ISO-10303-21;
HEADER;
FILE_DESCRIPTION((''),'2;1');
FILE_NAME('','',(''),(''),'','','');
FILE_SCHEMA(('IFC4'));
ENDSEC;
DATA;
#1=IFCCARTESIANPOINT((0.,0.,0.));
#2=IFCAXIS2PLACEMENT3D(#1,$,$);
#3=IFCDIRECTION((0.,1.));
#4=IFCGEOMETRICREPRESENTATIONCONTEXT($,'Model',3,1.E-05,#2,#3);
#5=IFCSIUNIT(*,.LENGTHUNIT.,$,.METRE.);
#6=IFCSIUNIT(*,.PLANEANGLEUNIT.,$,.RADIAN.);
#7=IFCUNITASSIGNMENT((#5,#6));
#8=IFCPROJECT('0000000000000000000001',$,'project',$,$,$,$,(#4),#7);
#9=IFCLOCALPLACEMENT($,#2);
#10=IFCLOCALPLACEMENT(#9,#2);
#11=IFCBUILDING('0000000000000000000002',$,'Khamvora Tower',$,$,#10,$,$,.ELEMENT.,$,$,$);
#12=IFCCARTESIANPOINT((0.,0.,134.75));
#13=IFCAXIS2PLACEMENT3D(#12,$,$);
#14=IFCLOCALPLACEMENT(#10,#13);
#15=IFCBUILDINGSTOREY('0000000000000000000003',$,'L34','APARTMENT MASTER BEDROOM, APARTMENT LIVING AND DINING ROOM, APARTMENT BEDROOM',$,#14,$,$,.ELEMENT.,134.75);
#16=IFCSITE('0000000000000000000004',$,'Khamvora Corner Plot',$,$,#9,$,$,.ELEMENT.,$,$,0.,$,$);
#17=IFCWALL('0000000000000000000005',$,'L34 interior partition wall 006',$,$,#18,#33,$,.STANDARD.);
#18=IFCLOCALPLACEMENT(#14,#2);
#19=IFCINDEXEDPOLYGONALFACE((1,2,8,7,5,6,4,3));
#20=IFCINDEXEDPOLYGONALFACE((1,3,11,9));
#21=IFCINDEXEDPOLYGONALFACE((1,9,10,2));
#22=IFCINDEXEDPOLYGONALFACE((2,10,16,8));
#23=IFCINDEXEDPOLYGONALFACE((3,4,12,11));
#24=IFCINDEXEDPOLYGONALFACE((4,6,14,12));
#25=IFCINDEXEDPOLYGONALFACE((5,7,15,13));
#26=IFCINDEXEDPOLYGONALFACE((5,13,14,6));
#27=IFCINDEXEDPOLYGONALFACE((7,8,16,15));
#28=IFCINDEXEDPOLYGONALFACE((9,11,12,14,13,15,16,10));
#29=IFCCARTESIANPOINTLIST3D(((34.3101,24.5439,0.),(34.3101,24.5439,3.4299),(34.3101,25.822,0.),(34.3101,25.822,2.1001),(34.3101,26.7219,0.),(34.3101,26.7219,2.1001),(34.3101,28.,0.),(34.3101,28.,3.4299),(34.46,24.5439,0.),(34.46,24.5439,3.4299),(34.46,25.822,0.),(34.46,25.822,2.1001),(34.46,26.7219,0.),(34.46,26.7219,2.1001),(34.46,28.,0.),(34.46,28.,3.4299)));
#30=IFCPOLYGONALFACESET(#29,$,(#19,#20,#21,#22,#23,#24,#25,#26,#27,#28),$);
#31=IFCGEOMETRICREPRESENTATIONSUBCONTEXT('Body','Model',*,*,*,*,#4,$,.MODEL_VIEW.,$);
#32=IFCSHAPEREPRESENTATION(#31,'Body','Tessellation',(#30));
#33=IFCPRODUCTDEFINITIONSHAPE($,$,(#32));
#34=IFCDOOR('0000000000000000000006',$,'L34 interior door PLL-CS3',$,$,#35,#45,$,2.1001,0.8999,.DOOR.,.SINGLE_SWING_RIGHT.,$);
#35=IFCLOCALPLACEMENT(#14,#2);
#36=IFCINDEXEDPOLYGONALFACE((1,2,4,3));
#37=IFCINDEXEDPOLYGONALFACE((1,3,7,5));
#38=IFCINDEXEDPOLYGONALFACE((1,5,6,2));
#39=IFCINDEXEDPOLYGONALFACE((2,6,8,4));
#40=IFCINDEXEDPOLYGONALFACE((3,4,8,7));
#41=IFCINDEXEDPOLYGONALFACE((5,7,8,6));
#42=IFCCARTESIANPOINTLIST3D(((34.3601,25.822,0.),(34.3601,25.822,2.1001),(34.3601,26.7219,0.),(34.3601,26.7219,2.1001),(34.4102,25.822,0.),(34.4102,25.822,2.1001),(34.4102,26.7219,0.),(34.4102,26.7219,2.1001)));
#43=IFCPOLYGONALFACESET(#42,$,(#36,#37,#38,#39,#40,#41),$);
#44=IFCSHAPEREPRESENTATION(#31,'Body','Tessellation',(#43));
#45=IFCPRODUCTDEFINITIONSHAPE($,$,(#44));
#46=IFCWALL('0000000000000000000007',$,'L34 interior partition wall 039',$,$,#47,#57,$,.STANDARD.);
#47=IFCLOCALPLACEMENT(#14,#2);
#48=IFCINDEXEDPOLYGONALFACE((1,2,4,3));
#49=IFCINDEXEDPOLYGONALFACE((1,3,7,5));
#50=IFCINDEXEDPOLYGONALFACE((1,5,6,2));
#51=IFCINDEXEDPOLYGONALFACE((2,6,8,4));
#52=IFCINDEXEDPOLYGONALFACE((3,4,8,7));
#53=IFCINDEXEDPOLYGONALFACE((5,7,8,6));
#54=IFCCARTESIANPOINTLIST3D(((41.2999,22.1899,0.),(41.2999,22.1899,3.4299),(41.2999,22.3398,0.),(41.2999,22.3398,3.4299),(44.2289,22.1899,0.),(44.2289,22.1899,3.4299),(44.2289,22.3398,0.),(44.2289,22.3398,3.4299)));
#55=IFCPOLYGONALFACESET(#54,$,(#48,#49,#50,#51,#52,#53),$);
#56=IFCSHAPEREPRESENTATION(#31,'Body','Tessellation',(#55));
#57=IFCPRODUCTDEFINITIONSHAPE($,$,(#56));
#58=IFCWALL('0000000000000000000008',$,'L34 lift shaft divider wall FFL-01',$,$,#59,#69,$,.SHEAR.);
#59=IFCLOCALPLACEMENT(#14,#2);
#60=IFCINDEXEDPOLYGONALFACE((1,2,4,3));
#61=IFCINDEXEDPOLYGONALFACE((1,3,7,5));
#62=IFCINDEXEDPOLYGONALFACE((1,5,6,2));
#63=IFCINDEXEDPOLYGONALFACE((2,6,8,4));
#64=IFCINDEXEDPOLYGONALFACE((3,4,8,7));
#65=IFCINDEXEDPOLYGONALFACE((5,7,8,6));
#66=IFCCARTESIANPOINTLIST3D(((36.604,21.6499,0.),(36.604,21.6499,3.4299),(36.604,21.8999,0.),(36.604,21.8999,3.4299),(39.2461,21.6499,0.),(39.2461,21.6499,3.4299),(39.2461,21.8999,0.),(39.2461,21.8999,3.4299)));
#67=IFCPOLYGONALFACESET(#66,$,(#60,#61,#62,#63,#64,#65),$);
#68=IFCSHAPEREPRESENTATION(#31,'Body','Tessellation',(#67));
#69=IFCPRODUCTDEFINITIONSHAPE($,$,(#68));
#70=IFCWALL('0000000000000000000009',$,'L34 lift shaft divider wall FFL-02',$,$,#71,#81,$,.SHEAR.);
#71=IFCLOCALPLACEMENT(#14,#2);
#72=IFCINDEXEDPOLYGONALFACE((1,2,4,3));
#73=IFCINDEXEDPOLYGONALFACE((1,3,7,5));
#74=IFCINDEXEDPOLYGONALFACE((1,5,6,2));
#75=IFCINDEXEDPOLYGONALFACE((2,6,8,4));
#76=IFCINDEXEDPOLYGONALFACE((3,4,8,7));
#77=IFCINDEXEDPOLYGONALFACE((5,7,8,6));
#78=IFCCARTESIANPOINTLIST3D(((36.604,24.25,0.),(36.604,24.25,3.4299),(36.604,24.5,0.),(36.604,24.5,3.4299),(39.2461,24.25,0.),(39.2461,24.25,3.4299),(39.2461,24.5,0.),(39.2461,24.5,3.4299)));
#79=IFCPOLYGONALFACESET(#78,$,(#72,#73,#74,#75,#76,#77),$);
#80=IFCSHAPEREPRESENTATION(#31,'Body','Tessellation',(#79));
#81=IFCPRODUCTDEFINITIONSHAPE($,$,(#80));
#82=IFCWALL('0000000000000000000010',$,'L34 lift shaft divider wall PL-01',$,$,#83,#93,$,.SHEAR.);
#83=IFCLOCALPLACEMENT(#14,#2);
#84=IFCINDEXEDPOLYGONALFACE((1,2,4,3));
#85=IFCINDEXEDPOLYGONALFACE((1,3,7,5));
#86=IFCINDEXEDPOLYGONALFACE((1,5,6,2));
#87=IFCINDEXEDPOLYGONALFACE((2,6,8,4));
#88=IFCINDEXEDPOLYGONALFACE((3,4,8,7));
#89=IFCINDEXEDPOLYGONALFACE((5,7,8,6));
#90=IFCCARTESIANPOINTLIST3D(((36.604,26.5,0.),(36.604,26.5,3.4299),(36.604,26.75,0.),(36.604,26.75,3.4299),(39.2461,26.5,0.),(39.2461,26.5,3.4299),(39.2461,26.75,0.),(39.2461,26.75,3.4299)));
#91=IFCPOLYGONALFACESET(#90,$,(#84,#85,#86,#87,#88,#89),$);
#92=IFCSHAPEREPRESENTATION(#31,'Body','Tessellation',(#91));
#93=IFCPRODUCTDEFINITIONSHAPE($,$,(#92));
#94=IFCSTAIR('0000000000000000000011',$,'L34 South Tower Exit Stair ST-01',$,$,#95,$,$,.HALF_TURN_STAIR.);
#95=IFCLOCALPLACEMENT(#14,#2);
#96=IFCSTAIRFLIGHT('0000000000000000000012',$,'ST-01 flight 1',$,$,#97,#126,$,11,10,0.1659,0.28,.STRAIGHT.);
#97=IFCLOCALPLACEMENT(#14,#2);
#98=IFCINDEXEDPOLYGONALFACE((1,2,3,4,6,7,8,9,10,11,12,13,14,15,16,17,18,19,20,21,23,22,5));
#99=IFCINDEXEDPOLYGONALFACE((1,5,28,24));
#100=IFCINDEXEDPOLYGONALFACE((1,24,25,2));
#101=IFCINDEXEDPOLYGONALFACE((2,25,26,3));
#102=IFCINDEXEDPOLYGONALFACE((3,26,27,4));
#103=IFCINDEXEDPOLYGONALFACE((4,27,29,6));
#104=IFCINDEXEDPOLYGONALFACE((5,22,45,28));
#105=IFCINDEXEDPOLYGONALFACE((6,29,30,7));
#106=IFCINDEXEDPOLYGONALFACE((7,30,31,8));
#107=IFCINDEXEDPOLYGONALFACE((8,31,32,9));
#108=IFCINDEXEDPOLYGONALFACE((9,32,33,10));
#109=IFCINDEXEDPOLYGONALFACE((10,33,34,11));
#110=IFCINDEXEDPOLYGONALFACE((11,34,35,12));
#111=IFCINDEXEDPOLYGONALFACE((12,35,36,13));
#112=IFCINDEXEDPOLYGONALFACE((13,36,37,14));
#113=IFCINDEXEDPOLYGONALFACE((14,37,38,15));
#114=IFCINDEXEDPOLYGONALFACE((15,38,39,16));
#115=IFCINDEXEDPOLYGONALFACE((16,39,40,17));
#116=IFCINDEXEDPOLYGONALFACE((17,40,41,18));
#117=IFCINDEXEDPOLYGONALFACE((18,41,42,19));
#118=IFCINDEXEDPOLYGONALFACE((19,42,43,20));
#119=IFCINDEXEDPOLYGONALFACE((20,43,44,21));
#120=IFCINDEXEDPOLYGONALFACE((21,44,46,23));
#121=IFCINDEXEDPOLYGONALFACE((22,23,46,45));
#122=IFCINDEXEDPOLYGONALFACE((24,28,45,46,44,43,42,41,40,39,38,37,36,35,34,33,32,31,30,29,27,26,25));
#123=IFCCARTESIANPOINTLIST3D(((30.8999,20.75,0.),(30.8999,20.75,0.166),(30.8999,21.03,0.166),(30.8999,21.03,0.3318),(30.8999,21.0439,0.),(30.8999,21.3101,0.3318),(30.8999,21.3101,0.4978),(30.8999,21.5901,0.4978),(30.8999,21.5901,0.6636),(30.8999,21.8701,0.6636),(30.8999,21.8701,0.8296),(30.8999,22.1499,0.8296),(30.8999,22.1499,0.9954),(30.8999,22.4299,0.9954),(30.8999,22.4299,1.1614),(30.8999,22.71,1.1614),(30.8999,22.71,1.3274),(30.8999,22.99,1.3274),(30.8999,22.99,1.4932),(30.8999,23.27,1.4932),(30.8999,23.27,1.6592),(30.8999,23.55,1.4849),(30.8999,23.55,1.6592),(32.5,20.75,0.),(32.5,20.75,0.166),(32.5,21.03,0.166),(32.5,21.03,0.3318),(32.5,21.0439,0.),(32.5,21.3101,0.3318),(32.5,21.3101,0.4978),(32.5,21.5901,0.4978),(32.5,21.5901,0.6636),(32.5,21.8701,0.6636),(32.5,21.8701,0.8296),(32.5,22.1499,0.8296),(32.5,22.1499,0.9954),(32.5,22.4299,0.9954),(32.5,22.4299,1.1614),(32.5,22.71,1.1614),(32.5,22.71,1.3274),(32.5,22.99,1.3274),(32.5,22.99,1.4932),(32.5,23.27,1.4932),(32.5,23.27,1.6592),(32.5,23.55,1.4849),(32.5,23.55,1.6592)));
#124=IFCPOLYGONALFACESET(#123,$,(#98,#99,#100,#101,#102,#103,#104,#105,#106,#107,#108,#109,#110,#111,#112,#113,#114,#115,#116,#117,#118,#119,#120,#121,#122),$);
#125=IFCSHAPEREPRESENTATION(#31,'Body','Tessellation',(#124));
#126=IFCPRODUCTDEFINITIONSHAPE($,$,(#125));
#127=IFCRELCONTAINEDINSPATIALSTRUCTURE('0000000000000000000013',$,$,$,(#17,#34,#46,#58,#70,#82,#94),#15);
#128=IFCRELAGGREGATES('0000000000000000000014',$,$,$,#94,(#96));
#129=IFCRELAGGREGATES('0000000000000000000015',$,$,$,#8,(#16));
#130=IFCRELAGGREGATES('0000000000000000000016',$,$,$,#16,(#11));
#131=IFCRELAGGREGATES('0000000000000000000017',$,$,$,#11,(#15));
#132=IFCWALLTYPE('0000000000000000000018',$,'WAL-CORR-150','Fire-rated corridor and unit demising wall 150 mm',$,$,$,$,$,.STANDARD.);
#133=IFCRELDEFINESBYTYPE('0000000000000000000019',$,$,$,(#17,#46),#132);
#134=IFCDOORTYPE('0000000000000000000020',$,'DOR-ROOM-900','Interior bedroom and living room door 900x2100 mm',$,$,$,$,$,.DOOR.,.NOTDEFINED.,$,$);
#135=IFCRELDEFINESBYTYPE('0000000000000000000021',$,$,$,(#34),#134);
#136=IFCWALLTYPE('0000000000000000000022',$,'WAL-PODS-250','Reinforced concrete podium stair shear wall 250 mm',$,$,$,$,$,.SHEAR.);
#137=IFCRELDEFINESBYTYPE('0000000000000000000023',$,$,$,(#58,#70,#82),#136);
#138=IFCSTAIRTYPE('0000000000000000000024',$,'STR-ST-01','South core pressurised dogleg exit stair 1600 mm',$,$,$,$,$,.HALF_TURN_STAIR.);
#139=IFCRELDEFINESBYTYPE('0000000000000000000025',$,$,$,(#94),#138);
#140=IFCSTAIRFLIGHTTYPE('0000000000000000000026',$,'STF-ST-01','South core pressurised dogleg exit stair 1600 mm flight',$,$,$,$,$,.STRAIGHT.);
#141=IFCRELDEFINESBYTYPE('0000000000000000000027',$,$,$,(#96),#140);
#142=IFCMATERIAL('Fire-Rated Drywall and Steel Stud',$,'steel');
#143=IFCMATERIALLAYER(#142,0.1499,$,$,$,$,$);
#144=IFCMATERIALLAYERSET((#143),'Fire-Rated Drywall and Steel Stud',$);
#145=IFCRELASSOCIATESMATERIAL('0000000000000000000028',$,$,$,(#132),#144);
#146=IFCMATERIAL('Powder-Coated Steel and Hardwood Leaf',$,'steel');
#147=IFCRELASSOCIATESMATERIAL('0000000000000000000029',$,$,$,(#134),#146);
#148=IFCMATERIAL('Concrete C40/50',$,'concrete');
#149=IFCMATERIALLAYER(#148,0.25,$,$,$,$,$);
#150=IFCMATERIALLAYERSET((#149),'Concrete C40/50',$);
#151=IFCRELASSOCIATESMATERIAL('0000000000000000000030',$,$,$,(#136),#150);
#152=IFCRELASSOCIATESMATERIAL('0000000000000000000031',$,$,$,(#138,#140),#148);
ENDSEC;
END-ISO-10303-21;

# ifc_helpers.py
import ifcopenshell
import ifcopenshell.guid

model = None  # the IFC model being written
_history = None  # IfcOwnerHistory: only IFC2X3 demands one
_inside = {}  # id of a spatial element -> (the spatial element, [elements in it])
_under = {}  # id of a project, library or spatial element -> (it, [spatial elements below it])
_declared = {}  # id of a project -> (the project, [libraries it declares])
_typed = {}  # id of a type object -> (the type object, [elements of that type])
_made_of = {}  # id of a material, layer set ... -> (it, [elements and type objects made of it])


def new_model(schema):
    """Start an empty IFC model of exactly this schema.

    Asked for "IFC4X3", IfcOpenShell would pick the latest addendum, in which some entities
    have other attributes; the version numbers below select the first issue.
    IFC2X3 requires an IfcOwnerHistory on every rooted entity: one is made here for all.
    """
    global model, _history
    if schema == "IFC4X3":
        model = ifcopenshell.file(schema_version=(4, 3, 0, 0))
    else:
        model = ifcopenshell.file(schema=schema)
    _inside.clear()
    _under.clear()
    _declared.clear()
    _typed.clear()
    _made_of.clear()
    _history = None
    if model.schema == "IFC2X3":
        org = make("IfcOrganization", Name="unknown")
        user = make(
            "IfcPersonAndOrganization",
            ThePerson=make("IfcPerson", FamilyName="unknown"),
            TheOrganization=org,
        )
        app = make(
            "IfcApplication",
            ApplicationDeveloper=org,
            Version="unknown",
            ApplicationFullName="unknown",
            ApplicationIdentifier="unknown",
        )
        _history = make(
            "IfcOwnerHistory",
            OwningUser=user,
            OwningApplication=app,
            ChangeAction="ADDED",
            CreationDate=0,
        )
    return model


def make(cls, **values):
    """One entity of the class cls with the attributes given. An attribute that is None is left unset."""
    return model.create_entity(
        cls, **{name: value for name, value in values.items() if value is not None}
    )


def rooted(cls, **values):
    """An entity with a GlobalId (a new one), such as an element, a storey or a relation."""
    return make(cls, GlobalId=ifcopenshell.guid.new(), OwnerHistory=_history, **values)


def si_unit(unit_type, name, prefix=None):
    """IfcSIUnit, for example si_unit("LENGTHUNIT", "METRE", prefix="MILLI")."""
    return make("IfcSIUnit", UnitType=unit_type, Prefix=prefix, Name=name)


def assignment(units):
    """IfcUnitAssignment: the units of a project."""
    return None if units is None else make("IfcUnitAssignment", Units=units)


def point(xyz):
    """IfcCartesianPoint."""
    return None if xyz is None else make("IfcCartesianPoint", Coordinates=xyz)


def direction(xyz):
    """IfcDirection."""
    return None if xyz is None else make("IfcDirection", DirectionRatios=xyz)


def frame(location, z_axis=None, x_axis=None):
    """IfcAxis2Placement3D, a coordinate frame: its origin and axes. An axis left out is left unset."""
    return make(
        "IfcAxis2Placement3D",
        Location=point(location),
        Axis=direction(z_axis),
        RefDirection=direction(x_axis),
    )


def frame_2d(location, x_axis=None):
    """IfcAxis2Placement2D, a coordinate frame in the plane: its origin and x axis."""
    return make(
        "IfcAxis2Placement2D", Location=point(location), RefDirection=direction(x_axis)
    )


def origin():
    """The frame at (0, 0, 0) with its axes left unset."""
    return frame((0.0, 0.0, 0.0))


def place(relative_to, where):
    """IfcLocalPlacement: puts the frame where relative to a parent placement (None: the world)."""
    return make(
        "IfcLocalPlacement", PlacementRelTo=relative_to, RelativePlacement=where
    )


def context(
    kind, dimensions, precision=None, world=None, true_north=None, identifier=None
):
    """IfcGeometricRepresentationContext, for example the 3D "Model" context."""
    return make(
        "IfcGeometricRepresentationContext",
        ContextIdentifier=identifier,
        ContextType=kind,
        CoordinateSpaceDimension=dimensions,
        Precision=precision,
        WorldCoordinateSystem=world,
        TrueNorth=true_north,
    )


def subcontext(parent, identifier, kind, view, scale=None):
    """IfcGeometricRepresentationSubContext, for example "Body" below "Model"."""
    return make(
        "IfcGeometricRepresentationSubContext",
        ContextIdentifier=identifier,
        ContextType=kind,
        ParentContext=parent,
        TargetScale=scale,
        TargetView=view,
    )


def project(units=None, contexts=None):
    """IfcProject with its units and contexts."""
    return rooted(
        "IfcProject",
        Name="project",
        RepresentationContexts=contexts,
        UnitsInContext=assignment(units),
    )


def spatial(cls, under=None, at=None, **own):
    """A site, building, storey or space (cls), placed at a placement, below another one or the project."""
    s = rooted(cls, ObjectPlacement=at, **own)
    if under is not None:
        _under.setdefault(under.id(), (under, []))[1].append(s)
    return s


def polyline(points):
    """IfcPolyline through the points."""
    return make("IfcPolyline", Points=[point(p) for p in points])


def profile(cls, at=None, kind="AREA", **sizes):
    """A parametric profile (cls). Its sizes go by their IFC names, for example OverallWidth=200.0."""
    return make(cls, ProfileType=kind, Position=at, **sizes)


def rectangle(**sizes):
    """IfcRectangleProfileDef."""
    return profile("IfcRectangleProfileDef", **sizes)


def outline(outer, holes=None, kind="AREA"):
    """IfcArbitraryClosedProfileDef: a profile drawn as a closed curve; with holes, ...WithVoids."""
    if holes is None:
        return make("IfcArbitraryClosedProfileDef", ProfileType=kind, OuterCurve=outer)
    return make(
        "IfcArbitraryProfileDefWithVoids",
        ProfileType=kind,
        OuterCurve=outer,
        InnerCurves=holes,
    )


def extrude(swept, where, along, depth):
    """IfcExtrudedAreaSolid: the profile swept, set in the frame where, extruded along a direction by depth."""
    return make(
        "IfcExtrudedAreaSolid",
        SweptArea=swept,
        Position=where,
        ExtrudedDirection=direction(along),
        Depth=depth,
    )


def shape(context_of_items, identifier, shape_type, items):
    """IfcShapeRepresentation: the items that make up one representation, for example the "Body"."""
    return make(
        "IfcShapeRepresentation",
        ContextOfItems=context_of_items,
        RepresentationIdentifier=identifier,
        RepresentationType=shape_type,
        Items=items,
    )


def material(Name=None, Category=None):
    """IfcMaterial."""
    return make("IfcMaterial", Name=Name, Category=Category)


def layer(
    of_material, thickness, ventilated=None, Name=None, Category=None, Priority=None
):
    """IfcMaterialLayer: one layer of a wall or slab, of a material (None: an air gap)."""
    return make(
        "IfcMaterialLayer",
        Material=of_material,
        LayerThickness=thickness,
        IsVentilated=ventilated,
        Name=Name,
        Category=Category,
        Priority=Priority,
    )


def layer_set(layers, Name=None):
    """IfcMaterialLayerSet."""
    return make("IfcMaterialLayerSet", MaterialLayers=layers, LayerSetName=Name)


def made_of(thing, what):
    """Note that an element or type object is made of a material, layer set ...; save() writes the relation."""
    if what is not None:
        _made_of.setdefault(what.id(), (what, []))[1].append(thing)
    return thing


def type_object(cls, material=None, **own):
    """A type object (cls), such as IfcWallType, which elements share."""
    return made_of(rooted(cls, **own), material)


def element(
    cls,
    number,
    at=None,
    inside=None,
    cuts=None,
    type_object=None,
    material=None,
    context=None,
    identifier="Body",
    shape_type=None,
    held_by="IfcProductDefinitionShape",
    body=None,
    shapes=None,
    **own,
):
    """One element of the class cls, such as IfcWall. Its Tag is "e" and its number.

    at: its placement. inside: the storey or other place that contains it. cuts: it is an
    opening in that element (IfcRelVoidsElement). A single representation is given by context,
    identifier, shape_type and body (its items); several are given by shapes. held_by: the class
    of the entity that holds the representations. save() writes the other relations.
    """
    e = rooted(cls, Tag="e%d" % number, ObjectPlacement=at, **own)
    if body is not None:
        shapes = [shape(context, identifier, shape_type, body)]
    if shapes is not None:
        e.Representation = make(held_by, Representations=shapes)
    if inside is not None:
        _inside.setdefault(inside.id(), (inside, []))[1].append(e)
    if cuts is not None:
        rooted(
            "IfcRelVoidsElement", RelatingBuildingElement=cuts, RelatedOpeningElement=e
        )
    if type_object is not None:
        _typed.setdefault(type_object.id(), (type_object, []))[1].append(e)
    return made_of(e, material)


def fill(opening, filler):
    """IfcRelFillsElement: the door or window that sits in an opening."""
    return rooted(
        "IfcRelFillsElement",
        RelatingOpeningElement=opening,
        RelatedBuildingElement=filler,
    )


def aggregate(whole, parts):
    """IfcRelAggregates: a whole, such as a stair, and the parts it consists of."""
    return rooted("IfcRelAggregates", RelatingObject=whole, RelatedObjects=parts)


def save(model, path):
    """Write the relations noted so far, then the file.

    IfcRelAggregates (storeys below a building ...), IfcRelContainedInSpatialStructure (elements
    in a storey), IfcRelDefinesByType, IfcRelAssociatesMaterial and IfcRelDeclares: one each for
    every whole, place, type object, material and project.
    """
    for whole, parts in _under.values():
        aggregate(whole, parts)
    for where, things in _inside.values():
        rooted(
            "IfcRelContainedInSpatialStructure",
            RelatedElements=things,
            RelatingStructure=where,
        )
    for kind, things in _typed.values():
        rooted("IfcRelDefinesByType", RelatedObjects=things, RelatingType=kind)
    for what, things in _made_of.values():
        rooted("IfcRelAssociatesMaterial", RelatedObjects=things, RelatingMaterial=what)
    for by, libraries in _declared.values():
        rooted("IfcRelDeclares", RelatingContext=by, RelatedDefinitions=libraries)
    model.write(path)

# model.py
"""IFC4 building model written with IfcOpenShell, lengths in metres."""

from ifc_helpers import new_model, si_unit, direction, frame, frame_2d, origin, place, context, subcontext, project, spatial, polyline, rectangle, outline, extrude, material, layer, layer_set, type_object, element, fill, aggregate, save


model = new_model("IFC4")

# Units and contexts
model_context = context("Model", 3, precision=1e-05, world=origin(), true_north=direction((0.0, 1.0)))
body_context = subcontext(model_context, "Body", "Model", "MODEL_VIEW")
ifc_project = project(units=[si_unit("LENGTHUNIT", "METRE"), si_unit("PLANEANGLEUNIT", "RADIAN")], contexts=[model_context])

# Site, building, storey
site_placement = place(None, origin())
site = spatial("IfcSite", under=ifc_project, at=site_placement, Name="Khamvora Corner Plot", CompositionType="ELEMENT", RefElevation=0.0)
building_placement = place(site_placement, origin())
building = spatial("IfcBuilding", under=site, at=building_placement, Name="Khamvora Tower", CompositionType="ELEMENT")
storey_placement = place(building_placement, frame((0.0, 0.0, 134.75)))
storey = spatial("IfcBuildingStorey", under=building, at=storey_placement, Name="L34", Description="APARTMENT MASTER BEDROOM, APARTMENT LIVING AND DINING ROOM, APARTMENT BEDROOM", CompositionType="ELEMENT", Elevation=134.75)

# Shared definitions
ifc_material_1 = material(Name="Powder-Coated Steel and Hardwood Leaf", Category="steel")

# Wall, opening, door
ifc_material_2 = material(Name="Fire-Rated Drywall and Steel Stud", Category="steel")
ifc_layer_1 = layer(ifc_material_2, 0.1499)
ifc_layer_set_1 = layer_set([ifc_layer_1], Name="Fire-Rated Drywall and Steel Stud")
wall_type_1 = type_object("IfcWallType", Name="WAL-CORR-150", Description="Fire-rated corridor and unit demising wall 150 mm", PredefinedType="STANDARD", material=ifc_layer_set_1)
wall_1_placement = place(storey_placement, frame((34.385, 24.5439, 0.0), z_axis=(0.0, 0.0, 1.0), x_axis=(0.0, 1.0, 0.0)))
wall_1 = element("IfcWall", 1, at=wall_1_placement, inside=storey, type_object=wall_type_1, Name="L34 interior partition wall 006", PredefinedType="STANDARD", context=body_context, shape_type="SweptSolid", body=[
    extrude(rectangle(XDim=3.4561, YDim=0.1499, at=frame_2d((1.728, 0.0))), origin(), (0.0, 0.0, 1.0), 3.4299),
])
opening_1_placement = place(wall_1_placement, frame((1.2781, 0.0, 0.0)))
opening_1 = element("IfcOpeningElement", 2, at=opening_1_placement, cuts=wall_1, PredefinedType="OPENING", context=body_context, shape_type="SweptSolid", body=[
    extrude(rectangle(XDim=0.8999, YDim=2.1001, at=frame_2d((0.45, 1.05))), frame((0.0, 0.085, 0.0), z_axis=(0.0, -1.0, 0.0), x_axis=(1.0, 0.0, 0.0)), (0.0, 0.0, 1.0), 0.1699),
])
door_type_1 = type_object("IfcDoorType", Name="DOR-ROOM-900", Description="Interior bedroom and living room door 900x2100 mm", OperationType="NOTDEFINED", PredefinedType="DOOR", material=ifc_material_1)
door_1_placement = place(opening_1_placement, origin())
door_1 = element("IfcDoor", 3, at=door_1_placement, inside=storey, type_object=door_type_1, Name="L34 interior door PLL-CS3", OperationType="SINGLE_SWING_RIGHT", OverallHeight=2.1001, OverallWidth=0.8999, PredefinedType="DOOR", context=body_context, shape_type="SweptSolid", body=[
    extrude(rectangle(XDim=0.8999, YDim=2.1001, at=frame_2d((0.45, 1.05))), frame((0.0, 0.0249, 0.0), z_axis=(0.0, -1.0, 0.0), x_axis=(1.0, 0.0, 0.0)), (0.0, 0.0, 1.0), 0.05),
])
fill(opening_1, door_1)

# Walls
wall_2_placement = place(storey_placement, frame((41.3, 22.2649, 0.0), z_axis=(0.0, 0.0, 1.0), x_axis=(1.0, 0.0, 0.0)))
element("IfcWall", 4, at=wall_2_placement, inside=storey, type_object=wall_type_1, Name="L34 interior partition wall 039", PredefinedType="STANDARD", context=body_context, shape_type="SweptSolid", body=[
    extrude(rectangle(XDim=2.929, YDim=0.1499, at=frame_2d((1.4644, 0.0))), origin(), (0.0, 0.0, 1.0), 3.4299),
])
ifc_material_3 = material(Name="Concrete C40/50", Category="concrete")
ifc_layer_2 = layer(ifc_material_3, 0.25)
ifc_layer_set_2 = layer_set([ifc_layer_2], Name="Concrete C40/50")
wall_type_2 = type_object("IfcWallType", Name="WAL-PODS-250", Description="Reinforced concrete podium stair shear wall 250 mm", PredefinedType="SHEAR", material=ifc_layer_set_2)
for number, where, z_axis, x_axis, name in (
    (5, (36.604, 21.7749, 0.0), (0.0, 0.0, 1.0), (1.0, 0.0, 0.0), "L34 lift shaft divider wall FFL-01"),
    (6, (36.604, 24.375, 0.0), (0.0, 0.0, 1.0), (1.0, 0.0, 0.0), "L34 lift shaft divider wall FFL-02"),
    (7, (36.604, 26.625, 0.0), (0.0, 0.0, 1.0), (1.0, 0.0, 0.0), "L34 lift shaft divider wall PL-01"),
):
    element("IfcWall", number, at=place(storey_placement, frame(where, z_axis=z_axis, x_axis=x_axis)), inside=storey, type_object=wall_type_2, Name=name, PredefinedType="SHEAR", context=body_context, shape_type="SweptSolid", body=[
        extrude(rectangle(XDim=2.6421, YDim=0.25, at=frame_2d((1.321, 0.0))), origin(), (0.0, 0.0, 1.0), 3.4299),
    ])

# Stair, stair flight
stair_type = type_object("IfcStairType", Name="STR-ST-01", Description="South core pressurised dogleg exit stair 1600 mm", PredefinedType="HALF_TURN_STAIR", material=ifc_material_3)
stair_placement = place(storey_placement, origin())
stair = element("IfcStair", 8, at=stair_placement, inside=storey, type_object=stair_type, Name="L34 South Tower Exit Stair ST-01", PredefinedType="HALF_TURN_STAIR")
stair_flight_type = type_object("IfcStairFlightType", Name="STF-ST-01", Description="South core pressurised dogleg exit stair 1600 mm flight", PredefinedType="STRAIGHT", material=ifc_material_3)
stair_flight_placement = place(storey_placement, frame((31.7, 20.75, 0.0), z_axis=(0.0, 0.0, 1.0), x_axis=(0.0, 1.0, 0.0)))
stair_flight = element("IfcStairFlight", 9, at=stair_flight_placement, type_object=stair_flight_type, Name="ST-01 flight 1", NumberOfRisers=11, NumberOfTreads=10, PredefinedType="STRAIGHT", RiserHeight=0.1659, TreadLength=0.28, context=body_context, shape_type="SweptSolid", body=[
    extrude(outline(polyline([(0.0, 0.0), (0.0, 0.166), (0.28, 0.166), (0.28, 0.3318), (0.5601, 0.3318), (0.5601, 0.4978), (0.8401, 0.4978), (0.8401, 0.6636), (1.1201, 0.6636), (1.1201, 0.8296), (1.3999, 0.8296), (1.3999, 0.9954), (1.6799, 0.9954), (1.6799, 1.1614), (1.96, 1.1614), (1.96, 1.3274), (2.24, 1.3274), (2.24, 1.4932), (2.52, 1.4932), (2.52, 1.6592), (2.8, 1.6592), (2.8, 1.825), (2.8, 1.4849), (0.2939, 0.0), (0.0, 0.0)])), frame((0.0, 0.8, 0.0), z_axis=(0.0, -1.0, 0.0), x_axis=(1.0, 0.0, 0.0)), (0.0, 0.0, 1.0), 1.6001),
])
aggregate(stair, [stair_flight])

save(model, "model.ifc")
